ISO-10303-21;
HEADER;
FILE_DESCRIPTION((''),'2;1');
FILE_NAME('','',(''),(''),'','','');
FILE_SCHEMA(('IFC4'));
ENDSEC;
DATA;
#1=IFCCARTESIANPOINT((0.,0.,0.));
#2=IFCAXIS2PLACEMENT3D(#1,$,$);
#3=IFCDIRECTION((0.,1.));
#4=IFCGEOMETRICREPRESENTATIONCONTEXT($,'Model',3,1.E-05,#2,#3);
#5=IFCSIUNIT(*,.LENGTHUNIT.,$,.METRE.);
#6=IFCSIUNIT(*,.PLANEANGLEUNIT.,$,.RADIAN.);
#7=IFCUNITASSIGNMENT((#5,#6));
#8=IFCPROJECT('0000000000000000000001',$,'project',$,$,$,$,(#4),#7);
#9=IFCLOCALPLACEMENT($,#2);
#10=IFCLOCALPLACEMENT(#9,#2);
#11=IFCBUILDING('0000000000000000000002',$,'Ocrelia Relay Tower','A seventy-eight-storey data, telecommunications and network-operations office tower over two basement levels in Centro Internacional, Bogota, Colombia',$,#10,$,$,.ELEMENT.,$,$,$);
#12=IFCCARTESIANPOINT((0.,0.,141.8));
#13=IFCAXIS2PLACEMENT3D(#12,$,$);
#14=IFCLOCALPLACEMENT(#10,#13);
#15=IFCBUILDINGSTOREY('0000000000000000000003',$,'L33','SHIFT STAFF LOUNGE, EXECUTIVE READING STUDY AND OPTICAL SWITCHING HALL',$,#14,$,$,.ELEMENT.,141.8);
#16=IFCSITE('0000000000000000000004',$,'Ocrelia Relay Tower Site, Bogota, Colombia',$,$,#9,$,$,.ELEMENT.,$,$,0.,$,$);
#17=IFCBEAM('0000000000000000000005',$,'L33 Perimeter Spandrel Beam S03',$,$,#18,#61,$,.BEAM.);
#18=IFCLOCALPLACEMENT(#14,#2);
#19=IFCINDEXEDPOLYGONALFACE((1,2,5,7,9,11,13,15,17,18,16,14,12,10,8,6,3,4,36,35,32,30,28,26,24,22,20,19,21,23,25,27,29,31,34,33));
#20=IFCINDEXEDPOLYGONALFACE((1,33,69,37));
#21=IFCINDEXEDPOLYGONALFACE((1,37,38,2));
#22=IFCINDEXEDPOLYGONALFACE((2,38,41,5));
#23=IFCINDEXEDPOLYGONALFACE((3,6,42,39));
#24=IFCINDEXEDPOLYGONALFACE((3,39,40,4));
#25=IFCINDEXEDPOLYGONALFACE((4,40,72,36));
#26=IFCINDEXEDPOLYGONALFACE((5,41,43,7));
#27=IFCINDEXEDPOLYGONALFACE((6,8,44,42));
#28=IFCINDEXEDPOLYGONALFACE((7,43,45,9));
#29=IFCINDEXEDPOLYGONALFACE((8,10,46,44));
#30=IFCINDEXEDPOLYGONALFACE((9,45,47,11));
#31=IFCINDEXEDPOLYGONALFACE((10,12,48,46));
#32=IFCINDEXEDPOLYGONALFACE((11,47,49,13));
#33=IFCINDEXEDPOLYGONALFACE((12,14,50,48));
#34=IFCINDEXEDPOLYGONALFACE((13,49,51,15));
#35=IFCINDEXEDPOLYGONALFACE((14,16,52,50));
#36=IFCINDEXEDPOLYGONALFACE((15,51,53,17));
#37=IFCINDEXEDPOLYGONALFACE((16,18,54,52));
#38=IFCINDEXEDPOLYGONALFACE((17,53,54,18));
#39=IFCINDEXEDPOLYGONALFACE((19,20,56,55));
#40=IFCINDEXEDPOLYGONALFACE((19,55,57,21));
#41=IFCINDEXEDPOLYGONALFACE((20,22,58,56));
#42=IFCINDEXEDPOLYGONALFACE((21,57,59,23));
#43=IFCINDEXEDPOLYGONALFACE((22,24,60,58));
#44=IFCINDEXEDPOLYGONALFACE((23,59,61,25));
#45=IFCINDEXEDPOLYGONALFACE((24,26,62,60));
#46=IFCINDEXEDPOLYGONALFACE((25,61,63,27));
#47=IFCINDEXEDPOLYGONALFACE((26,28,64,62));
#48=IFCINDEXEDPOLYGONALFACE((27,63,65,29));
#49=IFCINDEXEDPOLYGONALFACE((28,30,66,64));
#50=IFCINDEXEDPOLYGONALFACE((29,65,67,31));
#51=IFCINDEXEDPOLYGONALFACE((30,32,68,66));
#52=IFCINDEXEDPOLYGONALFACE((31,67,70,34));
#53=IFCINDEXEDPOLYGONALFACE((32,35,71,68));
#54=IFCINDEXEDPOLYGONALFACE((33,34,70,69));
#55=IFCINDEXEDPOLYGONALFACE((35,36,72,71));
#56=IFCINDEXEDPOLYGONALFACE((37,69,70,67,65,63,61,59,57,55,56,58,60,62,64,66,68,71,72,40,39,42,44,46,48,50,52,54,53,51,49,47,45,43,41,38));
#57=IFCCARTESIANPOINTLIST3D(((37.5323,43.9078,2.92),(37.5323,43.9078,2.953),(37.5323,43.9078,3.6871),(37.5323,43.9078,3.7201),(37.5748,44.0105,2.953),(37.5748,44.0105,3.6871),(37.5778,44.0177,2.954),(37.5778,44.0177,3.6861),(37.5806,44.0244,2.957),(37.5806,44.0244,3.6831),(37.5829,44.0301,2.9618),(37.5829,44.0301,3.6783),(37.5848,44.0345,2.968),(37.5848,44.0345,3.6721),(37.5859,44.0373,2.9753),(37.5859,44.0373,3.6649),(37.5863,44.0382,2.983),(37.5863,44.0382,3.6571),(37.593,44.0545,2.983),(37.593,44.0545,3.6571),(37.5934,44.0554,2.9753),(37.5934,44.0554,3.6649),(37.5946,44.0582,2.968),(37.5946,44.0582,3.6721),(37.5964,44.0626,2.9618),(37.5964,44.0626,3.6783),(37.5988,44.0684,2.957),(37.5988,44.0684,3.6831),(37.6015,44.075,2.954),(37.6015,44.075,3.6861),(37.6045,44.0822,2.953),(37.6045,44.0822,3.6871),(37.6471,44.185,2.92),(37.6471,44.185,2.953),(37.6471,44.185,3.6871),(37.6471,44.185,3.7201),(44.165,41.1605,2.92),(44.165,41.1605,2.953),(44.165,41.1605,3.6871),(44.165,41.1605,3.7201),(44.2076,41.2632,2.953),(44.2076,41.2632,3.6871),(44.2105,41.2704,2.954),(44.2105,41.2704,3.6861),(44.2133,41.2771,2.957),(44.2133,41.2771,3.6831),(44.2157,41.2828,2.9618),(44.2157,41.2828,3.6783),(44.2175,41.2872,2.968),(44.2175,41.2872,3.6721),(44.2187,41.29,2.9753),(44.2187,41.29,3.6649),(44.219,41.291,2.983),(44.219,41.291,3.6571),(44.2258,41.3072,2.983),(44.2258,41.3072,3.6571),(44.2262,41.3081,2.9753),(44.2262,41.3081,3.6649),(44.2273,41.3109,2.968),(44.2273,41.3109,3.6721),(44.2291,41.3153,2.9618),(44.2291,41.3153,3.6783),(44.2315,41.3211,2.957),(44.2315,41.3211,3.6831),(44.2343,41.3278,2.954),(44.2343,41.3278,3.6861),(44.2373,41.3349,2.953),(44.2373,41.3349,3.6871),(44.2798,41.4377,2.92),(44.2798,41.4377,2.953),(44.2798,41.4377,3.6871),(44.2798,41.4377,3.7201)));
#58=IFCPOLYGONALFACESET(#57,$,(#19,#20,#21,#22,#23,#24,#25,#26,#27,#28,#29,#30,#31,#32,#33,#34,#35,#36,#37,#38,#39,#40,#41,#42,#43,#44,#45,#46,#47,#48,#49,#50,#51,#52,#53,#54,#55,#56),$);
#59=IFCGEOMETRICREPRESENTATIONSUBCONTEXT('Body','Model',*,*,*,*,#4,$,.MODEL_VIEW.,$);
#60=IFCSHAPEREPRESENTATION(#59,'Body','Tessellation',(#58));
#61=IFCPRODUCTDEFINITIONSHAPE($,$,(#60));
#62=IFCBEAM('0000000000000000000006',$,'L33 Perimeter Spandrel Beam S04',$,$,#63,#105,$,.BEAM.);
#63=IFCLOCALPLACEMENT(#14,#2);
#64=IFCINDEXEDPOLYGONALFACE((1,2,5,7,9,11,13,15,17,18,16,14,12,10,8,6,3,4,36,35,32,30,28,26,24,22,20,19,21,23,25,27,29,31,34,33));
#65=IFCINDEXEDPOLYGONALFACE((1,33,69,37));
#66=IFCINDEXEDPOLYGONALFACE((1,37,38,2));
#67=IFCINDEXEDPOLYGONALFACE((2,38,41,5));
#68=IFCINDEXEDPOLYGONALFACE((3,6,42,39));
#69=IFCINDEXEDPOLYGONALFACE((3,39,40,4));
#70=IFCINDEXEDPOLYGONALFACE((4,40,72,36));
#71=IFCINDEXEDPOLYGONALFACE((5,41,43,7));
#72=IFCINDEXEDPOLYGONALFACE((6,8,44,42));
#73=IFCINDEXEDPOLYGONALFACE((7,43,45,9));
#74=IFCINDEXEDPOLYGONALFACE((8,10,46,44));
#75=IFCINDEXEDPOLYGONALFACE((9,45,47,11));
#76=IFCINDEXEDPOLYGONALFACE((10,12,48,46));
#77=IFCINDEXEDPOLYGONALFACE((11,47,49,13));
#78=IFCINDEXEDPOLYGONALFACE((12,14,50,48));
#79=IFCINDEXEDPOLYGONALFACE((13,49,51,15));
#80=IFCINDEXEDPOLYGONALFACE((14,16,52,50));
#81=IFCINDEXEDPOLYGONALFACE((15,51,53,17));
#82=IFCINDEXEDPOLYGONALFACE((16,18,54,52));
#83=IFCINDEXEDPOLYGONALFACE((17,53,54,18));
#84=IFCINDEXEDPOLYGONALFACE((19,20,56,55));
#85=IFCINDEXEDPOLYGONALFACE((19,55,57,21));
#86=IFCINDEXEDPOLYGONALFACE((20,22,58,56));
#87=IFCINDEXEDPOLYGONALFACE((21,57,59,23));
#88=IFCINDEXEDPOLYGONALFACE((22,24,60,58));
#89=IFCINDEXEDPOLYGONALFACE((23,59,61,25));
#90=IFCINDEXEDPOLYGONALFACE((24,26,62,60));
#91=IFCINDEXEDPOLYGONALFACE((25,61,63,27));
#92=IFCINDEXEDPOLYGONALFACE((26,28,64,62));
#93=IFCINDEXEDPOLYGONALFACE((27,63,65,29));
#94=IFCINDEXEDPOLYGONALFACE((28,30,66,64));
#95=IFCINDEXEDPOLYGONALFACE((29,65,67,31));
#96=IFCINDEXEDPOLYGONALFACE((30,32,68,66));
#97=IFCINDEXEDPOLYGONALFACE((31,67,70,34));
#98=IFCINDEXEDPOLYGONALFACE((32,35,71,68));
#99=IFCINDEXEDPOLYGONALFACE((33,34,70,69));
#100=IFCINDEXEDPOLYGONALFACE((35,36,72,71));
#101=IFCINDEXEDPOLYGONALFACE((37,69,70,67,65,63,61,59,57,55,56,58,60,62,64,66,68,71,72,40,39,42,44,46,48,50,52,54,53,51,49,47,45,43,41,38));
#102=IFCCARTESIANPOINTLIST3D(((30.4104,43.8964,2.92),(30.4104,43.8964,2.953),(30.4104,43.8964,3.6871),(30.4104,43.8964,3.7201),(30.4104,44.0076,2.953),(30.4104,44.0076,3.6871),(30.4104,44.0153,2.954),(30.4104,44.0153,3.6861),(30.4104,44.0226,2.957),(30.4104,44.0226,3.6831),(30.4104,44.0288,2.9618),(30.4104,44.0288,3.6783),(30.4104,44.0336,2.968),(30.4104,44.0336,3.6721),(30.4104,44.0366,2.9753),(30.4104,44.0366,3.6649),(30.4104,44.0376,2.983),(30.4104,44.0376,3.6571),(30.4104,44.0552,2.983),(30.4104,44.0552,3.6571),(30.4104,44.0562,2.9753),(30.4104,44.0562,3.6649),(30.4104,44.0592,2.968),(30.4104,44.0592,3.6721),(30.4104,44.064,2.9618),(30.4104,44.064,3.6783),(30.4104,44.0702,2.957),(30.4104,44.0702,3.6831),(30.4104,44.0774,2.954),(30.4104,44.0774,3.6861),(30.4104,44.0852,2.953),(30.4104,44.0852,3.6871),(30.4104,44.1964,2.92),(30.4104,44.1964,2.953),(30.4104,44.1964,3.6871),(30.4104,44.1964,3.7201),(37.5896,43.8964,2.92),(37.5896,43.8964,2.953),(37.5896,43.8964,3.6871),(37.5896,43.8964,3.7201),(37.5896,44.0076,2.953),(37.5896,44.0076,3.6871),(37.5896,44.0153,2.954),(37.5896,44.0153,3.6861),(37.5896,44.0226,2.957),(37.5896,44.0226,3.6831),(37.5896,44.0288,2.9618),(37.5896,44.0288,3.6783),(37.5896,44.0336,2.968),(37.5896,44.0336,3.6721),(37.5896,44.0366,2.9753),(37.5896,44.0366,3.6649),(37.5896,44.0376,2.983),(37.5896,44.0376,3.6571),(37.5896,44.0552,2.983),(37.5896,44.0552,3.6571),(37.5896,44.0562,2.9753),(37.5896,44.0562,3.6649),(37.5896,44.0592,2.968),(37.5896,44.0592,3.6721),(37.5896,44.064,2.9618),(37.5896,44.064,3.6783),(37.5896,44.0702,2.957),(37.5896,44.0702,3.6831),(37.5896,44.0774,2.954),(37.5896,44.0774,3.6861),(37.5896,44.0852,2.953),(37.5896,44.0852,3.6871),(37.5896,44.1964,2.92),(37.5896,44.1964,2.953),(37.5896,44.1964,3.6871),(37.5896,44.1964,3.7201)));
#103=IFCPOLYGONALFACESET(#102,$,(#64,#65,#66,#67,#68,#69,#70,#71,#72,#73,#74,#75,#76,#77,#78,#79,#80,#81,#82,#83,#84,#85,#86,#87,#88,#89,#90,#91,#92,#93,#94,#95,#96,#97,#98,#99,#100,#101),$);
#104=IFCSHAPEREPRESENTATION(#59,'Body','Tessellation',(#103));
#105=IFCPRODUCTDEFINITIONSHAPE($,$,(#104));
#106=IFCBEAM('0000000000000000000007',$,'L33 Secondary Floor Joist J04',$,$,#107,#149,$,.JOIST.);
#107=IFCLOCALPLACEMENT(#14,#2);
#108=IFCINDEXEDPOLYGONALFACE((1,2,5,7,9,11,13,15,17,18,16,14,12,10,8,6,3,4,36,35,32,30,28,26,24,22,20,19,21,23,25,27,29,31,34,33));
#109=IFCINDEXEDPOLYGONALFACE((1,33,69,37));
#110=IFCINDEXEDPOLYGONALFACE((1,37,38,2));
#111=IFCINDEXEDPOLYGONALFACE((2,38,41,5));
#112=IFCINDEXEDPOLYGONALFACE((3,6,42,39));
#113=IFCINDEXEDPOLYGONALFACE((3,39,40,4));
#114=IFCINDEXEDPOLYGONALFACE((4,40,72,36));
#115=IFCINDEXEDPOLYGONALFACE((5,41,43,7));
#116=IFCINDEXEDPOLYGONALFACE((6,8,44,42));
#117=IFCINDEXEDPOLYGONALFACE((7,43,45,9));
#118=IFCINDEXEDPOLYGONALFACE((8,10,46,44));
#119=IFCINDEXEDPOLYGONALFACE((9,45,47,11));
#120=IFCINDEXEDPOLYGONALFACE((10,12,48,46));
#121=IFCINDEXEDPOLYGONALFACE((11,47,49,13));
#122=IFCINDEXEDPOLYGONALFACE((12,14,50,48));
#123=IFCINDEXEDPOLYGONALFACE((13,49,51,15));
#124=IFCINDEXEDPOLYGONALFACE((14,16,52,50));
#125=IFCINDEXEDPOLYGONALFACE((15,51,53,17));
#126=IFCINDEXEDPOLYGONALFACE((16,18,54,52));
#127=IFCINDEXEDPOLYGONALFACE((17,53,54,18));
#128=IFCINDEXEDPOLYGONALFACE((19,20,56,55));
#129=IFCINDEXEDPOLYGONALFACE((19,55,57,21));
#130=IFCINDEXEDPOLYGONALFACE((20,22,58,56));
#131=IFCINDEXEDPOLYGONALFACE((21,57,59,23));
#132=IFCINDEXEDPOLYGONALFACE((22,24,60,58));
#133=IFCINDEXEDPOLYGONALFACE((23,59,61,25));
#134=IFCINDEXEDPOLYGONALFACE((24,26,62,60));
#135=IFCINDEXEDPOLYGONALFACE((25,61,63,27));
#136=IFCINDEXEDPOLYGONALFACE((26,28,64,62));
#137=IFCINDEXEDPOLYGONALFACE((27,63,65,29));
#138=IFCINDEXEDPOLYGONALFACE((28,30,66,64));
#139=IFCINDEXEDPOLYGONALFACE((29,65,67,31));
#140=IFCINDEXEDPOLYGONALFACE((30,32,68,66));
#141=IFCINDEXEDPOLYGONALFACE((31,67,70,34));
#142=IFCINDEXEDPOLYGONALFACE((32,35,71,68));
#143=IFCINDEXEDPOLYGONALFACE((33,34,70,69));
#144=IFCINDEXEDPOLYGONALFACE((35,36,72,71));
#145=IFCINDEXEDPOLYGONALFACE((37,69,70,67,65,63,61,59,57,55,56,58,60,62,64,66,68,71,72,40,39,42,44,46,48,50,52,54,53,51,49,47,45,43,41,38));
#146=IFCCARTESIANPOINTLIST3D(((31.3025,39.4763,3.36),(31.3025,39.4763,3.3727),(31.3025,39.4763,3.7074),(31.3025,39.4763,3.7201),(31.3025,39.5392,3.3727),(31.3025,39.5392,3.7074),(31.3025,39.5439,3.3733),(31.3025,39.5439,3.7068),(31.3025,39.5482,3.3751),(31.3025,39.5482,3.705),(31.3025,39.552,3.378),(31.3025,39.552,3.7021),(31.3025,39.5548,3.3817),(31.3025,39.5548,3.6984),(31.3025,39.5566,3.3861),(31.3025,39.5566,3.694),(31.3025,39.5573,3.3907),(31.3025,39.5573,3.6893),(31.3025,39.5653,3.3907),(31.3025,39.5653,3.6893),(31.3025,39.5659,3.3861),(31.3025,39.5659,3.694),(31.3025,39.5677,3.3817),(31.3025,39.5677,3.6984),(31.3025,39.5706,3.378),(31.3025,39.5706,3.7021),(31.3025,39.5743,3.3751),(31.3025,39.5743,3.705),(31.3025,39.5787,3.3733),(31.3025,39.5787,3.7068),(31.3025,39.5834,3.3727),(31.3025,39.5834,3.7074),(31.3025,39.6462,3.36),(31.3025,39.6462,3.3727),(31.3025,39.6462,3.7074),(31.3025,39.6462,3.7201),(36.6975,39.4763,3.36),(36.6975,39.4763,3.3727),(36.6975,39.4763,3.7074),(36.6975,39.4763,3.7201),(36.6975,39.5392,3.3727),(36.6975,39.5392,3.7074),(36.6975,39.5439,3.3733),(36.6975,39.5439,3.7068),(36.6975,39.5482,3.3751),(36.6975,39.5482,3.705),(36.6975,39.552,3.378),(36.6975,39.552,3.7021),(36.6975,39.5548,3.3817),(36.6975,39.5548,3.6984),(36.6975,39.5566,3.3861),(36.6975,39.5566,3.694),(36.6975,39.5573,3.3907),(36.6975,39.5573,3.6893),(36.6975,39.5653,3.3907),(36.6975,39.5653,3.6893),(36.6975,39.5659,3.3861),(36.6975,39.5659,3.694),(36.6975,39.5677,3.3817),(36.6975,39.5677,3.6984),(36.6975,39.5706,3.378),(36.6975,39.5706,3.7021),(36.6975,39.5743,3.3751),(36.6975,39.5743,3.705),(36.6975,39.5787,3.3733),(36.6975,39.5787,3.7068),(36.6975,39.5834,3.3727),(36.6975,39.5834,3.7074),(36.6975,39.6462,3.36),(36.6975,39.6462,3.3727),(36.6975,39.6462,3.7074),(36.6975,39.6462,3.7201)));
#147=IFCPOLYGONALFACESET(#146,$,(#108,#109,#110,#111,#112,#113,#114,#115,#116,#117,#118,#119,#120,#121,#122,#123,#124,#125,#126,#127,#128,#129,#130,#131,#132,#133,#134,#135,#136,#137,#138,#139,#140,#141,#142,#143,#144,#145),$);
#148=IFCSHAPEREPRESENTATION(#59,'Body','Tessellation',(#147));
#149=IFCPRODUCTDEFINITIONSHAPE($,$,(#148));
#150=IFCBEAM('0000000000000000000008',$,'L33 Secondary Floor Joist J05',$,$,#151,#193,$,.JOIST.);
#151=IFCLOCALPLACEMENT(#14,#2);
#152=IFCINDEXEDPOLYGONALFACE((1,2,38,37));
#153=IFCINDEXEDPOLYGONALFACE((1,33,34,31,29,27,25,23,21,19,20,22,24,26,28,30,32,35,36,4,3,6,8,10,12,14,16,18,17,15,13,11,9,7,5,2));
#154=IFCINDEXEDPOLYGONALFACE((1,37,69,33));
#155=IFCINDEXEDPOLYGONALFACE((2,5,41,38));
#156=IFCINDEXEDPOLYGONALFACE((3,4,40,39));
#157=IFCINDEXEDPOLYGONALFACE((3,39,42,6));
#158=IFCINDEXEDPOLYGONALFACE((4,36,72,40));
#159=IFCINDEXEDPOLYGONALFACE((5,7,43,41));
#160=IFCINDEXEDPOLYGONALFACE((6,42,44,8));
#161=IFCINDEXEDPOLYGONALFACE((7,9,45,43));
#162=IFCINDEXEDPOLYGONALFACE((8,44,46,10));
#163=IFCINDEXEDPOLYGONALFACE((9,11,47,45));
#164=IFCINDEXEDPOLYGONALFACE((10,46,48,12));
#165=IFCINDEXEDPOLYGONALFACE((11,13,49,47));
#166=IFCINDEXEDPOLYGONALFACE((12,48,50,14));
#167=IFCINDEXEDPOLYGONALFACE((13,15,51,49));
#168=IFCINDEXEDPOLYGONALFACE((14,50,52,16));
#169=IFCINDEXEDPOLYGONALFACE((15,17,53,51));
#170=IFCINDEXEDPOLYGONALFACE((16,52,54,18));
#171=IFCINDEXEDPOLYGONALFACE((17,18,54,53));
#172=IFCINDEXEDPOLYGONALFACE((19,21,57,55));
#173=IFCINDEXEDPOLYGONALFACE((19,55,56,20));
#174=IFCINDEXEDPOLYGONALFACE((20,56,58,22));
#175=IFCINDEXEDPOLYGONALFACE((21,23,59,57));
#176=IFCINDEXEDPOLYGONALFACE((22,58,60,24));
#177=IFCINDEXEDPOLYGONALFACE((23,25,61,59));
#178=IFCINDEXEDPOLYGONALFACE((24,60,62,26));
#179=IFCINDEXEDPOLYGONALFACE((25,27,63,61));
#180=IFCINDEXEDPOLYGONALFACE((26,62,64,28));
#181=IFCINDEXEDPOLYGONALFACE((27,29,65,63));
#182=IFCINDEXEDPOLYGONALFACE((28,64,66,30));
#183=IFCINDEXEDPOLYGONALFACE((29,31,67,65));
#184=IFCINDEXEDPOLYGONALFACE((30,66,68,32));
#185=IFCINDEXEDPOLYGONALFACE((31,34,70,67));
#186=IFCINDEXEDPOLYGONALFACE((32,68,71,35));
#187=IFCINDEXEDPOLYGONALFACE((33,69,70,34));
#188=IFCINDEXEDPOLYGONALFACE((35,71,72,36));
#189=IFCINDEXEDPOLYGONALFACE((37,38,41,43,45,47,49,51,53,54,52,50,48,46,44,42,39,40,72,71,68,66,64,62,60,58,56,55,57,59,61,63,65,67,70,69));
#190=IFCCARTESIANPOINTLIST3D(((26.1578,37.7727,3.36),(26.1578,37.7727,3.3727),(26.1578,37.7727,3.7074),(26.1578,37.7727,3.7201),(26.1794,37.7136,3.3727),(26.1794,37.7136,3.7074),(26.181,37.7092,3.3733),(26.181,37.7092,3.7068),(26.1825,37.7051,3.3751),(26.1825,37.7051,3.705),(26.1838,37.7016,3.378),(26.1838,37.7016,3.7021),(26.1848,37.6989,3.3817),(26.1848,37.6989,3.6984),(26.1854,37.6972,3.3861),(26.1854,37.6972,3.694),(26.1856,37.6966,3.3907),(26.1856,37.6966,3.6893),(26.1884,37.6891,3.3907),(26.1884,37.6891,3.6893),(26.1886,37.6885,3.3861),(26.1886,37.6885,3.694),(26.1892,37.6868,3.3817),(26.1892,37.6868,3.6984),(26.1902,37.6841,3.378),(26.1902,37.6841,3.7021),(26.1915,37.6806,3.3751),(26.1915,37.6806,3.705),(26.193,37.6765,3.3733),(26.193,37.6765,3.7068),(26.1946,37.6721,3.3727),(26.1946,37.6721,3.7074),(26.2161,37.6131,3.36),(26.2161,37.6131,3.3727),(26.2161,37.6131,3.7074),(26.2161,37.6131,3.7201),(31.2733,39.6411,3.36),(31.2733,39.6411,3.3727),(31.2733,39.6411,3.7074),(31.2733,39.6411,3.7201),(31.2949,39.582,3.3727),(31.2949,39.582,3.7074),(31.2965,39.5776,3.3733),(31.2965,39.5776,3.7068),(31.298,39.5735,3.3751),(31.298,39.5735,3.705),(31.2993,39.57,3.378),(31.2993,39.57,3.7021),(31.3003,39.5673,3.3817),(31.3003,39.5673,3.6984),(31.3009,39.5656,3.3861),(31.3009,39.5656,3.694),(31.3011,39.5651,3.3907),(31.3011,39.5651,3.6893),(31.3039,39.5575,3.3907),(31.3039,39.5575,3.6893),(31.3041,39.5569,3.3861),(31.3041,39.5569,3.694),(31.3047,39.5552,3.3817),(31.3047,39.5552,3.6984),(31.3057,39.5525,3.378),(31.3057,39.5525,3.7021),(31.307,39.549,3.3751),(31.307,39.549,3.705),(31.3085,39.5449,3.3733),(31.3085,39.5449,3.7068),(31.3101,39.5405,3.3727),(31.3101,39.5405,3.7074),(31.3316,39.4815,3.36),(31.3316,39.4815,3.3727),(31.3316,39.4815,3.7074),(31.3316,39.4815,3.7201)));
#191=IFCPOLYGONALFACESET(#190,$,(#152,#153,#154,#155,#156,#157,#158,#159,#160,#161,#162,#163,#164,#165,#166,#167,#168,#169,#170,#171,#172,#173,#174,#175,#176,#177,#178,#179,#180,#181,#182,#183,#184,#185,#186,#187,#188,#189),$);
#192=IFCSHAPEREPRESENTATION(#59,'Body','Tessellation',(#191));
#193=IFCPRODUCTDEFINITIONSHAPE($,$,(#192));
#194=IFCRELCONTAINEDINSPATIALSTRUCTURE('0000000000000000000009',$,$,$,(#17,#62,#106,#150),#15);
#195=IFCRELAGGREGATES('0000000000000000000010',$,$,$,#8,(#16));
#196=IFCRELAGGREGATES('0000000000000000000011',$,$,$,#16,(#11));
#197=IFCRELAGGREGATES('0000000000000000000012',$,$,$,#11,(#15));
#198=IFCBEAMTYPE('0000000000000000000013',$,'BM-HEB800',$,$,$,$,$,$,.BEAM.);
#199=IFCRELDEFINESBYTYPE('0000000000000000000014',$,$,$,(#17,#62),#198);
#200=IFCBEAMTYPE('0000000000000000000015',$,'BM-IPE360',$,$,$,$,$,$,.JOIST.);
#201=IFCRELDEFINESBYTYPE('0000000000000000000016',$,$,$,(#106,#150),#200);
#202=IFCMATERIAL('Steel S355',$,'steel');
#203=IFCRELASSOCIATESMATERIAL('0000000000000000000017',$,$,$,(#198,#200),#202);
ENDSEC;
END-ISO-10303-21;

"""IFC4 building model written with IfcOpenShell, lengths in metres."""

from ifc_helpers import new_model, si_unit, direction, frame, origin, origin_2d, place, context, subcontext, project, spatial, i_section, extrude, material, material_profile, profile_set, type_object, element, save


model = new_model("IFC4")

# Units and contexts
model_context = context("Model", 3, precision=1e-05, world=origin(), true_north=direction((0.0, 1.0)))
body_context = subcontext(model_context, "Body", "Model", "MODEL_VIEW")
ifc_project = project(units=[si_unit("LENGTHUNIT", "METRE"), si_unit("PLANEANGLEUNIT", "RADIAN")], contexts=[model_context])

# Site, building, storey
site_placement = place(None, origin())
site = spatial("IfcSite", under=ifc_project, at=site_placement, Name="Ocrelia Relay Tower Site, Bogota, Colombia", CompositionType="ELEMENT", RefElevation=0.0)
building_placement = place(site_placement, origin())
building = spatial("IfcBuilding", under=site, at=building_placement, Name="Ocrelia Relay Tower", Description="A seventy-eight-storey data, telecommunications and network-operations office tower over two basement levels in Centro Internacional, Bogota, Colombia", CompositionType="ELEMENT")
storey_placement = place(building_placement, frame((0.0, 0.0, 141.8)))
storey = spatial("IfcBuildingStorey", under=building, at=storey_placement, Name="L33", Description="SHIFT STAFF LOUNGE, EXECUTIVE READING STUDY AND OPTICAL SWITCHING HALL", CompositionType="ELEMENT", Elevation=141.8)

# Beams
ifc_material_1 = material(Name="Steel S355", Category="steel")
ifc_material_profile_1 = material_profile(ifc_material_1, i_section(OverallWidth=0.3, OverallDepth=0.8, WebThickness=0.0176, FlangeThickness=0.033, FilletRadius=0.03, at=origin_2d()), Name="HEB 800")
ifc_profile_set_1 = profile_set([ifc_material_profile_1], Name="Steel S355")
beam_type_1 = type_object("IfcBeamType", Name="BM-HEB800", PredefinedType="BEAM", material=ifc_profile_set_1)
for number, where, z_axis, x_axis, name in (
    (1, (44.2224, 41.2991, 3.3201), (-0.923884, 0.382673, 0.0), (-0.382673, -0.923884, 0.0), "L33 Perimeter Spandrel Beam S03"),
    (2, (37.5896, 44.0464, 3.3201), (-1.0, 0.0, 0.0), (0.0, -1.0, 0.0), "L33 Perimeter Spandrel Beam S04"),
):
    element("IfcBeam", number, at=place(storey_placement, frame(where, z_axis=z_axis, x_axis=x_axis)), inside=storey, type_object=beam_type_1, Name=name, PredefinedType="BEAM", context=body_context, shape_type="SweptSolid", body=[
        extrude(i_section(OverallWidth=0.3, OverallDepth=0.8, WebThickness=0.0176, FlangeThickness=0.033, FilletRadius=0.03, at=origin_2d()), origin(), (0.0, 0.0, 1.0), 7.1792),
    ])
ifc_material_profile_2 = material_profile(ifc_material_1, i_section(OverallWidth=0.1699, OverallDepth=0.3601, WebThickness=0.0081, FlangeThickness=0.0127, FilletRadius=0.0181, at=origin_2d()), Name="IPE 360")
ifc_profile_set_2 = profile_set([ifc_material_profile_2], Name="Steel S355")
beam_type_2 = type_object("IfcBeamType", Name="BM-IPE360", PredefinedType="JOIST", material=ifc_profile_set_2)
beam_1_placement = place(storey_placement, frame((36.6975, 39.5613, 3.54), z_axis=(-1.0, 0.0, 0.0), x_axis=(0.0, -1.0, 0.0)))
element("IfcBeam", 3, at=beam_1_placement, inside=storey, type_object=beam_type_2, Name="L33 Secondary Floor Joist J04", PredefinedType="JOIST", context=body_context, shape_type="SweptSolid", body=[
    extrude(i_section(OverallWidth=0.1699, OverallDepth=0.3601, WebThickness=0.0081, FlangeThickness=0.0127, FilletRadius=0.0181, at=origin_2d()), origin(), (0.0, 0.0, 1.0), 5.395),
])
beam_2_placement = place(storey_placement, frame((31.3025, 39.5613, 3.54), z_axis=(-0.939307, -0.343078, 0.0), x_axis=(0.343078, -0.939307, 0.0)))
element("IfcBeam", 4, at=beam_2_placement, inside=storey, type_object=beam_type_2, Name="L33 Secondary Floor Joist J05", PredefinedType="JOIST", context=body_context, shape_type="SweptSolid", body=[
    extrude(i_section(OverallWidth=0.1699, OverallDepth=0.3601, WebThickness=0.0081, FlangeThickness=0.0127, FilletRadius=0.0181, at=origin_2d()), origin(), (0.0, 0.0, 1.0), 5.446),
])

save(model, "model.ifc")
